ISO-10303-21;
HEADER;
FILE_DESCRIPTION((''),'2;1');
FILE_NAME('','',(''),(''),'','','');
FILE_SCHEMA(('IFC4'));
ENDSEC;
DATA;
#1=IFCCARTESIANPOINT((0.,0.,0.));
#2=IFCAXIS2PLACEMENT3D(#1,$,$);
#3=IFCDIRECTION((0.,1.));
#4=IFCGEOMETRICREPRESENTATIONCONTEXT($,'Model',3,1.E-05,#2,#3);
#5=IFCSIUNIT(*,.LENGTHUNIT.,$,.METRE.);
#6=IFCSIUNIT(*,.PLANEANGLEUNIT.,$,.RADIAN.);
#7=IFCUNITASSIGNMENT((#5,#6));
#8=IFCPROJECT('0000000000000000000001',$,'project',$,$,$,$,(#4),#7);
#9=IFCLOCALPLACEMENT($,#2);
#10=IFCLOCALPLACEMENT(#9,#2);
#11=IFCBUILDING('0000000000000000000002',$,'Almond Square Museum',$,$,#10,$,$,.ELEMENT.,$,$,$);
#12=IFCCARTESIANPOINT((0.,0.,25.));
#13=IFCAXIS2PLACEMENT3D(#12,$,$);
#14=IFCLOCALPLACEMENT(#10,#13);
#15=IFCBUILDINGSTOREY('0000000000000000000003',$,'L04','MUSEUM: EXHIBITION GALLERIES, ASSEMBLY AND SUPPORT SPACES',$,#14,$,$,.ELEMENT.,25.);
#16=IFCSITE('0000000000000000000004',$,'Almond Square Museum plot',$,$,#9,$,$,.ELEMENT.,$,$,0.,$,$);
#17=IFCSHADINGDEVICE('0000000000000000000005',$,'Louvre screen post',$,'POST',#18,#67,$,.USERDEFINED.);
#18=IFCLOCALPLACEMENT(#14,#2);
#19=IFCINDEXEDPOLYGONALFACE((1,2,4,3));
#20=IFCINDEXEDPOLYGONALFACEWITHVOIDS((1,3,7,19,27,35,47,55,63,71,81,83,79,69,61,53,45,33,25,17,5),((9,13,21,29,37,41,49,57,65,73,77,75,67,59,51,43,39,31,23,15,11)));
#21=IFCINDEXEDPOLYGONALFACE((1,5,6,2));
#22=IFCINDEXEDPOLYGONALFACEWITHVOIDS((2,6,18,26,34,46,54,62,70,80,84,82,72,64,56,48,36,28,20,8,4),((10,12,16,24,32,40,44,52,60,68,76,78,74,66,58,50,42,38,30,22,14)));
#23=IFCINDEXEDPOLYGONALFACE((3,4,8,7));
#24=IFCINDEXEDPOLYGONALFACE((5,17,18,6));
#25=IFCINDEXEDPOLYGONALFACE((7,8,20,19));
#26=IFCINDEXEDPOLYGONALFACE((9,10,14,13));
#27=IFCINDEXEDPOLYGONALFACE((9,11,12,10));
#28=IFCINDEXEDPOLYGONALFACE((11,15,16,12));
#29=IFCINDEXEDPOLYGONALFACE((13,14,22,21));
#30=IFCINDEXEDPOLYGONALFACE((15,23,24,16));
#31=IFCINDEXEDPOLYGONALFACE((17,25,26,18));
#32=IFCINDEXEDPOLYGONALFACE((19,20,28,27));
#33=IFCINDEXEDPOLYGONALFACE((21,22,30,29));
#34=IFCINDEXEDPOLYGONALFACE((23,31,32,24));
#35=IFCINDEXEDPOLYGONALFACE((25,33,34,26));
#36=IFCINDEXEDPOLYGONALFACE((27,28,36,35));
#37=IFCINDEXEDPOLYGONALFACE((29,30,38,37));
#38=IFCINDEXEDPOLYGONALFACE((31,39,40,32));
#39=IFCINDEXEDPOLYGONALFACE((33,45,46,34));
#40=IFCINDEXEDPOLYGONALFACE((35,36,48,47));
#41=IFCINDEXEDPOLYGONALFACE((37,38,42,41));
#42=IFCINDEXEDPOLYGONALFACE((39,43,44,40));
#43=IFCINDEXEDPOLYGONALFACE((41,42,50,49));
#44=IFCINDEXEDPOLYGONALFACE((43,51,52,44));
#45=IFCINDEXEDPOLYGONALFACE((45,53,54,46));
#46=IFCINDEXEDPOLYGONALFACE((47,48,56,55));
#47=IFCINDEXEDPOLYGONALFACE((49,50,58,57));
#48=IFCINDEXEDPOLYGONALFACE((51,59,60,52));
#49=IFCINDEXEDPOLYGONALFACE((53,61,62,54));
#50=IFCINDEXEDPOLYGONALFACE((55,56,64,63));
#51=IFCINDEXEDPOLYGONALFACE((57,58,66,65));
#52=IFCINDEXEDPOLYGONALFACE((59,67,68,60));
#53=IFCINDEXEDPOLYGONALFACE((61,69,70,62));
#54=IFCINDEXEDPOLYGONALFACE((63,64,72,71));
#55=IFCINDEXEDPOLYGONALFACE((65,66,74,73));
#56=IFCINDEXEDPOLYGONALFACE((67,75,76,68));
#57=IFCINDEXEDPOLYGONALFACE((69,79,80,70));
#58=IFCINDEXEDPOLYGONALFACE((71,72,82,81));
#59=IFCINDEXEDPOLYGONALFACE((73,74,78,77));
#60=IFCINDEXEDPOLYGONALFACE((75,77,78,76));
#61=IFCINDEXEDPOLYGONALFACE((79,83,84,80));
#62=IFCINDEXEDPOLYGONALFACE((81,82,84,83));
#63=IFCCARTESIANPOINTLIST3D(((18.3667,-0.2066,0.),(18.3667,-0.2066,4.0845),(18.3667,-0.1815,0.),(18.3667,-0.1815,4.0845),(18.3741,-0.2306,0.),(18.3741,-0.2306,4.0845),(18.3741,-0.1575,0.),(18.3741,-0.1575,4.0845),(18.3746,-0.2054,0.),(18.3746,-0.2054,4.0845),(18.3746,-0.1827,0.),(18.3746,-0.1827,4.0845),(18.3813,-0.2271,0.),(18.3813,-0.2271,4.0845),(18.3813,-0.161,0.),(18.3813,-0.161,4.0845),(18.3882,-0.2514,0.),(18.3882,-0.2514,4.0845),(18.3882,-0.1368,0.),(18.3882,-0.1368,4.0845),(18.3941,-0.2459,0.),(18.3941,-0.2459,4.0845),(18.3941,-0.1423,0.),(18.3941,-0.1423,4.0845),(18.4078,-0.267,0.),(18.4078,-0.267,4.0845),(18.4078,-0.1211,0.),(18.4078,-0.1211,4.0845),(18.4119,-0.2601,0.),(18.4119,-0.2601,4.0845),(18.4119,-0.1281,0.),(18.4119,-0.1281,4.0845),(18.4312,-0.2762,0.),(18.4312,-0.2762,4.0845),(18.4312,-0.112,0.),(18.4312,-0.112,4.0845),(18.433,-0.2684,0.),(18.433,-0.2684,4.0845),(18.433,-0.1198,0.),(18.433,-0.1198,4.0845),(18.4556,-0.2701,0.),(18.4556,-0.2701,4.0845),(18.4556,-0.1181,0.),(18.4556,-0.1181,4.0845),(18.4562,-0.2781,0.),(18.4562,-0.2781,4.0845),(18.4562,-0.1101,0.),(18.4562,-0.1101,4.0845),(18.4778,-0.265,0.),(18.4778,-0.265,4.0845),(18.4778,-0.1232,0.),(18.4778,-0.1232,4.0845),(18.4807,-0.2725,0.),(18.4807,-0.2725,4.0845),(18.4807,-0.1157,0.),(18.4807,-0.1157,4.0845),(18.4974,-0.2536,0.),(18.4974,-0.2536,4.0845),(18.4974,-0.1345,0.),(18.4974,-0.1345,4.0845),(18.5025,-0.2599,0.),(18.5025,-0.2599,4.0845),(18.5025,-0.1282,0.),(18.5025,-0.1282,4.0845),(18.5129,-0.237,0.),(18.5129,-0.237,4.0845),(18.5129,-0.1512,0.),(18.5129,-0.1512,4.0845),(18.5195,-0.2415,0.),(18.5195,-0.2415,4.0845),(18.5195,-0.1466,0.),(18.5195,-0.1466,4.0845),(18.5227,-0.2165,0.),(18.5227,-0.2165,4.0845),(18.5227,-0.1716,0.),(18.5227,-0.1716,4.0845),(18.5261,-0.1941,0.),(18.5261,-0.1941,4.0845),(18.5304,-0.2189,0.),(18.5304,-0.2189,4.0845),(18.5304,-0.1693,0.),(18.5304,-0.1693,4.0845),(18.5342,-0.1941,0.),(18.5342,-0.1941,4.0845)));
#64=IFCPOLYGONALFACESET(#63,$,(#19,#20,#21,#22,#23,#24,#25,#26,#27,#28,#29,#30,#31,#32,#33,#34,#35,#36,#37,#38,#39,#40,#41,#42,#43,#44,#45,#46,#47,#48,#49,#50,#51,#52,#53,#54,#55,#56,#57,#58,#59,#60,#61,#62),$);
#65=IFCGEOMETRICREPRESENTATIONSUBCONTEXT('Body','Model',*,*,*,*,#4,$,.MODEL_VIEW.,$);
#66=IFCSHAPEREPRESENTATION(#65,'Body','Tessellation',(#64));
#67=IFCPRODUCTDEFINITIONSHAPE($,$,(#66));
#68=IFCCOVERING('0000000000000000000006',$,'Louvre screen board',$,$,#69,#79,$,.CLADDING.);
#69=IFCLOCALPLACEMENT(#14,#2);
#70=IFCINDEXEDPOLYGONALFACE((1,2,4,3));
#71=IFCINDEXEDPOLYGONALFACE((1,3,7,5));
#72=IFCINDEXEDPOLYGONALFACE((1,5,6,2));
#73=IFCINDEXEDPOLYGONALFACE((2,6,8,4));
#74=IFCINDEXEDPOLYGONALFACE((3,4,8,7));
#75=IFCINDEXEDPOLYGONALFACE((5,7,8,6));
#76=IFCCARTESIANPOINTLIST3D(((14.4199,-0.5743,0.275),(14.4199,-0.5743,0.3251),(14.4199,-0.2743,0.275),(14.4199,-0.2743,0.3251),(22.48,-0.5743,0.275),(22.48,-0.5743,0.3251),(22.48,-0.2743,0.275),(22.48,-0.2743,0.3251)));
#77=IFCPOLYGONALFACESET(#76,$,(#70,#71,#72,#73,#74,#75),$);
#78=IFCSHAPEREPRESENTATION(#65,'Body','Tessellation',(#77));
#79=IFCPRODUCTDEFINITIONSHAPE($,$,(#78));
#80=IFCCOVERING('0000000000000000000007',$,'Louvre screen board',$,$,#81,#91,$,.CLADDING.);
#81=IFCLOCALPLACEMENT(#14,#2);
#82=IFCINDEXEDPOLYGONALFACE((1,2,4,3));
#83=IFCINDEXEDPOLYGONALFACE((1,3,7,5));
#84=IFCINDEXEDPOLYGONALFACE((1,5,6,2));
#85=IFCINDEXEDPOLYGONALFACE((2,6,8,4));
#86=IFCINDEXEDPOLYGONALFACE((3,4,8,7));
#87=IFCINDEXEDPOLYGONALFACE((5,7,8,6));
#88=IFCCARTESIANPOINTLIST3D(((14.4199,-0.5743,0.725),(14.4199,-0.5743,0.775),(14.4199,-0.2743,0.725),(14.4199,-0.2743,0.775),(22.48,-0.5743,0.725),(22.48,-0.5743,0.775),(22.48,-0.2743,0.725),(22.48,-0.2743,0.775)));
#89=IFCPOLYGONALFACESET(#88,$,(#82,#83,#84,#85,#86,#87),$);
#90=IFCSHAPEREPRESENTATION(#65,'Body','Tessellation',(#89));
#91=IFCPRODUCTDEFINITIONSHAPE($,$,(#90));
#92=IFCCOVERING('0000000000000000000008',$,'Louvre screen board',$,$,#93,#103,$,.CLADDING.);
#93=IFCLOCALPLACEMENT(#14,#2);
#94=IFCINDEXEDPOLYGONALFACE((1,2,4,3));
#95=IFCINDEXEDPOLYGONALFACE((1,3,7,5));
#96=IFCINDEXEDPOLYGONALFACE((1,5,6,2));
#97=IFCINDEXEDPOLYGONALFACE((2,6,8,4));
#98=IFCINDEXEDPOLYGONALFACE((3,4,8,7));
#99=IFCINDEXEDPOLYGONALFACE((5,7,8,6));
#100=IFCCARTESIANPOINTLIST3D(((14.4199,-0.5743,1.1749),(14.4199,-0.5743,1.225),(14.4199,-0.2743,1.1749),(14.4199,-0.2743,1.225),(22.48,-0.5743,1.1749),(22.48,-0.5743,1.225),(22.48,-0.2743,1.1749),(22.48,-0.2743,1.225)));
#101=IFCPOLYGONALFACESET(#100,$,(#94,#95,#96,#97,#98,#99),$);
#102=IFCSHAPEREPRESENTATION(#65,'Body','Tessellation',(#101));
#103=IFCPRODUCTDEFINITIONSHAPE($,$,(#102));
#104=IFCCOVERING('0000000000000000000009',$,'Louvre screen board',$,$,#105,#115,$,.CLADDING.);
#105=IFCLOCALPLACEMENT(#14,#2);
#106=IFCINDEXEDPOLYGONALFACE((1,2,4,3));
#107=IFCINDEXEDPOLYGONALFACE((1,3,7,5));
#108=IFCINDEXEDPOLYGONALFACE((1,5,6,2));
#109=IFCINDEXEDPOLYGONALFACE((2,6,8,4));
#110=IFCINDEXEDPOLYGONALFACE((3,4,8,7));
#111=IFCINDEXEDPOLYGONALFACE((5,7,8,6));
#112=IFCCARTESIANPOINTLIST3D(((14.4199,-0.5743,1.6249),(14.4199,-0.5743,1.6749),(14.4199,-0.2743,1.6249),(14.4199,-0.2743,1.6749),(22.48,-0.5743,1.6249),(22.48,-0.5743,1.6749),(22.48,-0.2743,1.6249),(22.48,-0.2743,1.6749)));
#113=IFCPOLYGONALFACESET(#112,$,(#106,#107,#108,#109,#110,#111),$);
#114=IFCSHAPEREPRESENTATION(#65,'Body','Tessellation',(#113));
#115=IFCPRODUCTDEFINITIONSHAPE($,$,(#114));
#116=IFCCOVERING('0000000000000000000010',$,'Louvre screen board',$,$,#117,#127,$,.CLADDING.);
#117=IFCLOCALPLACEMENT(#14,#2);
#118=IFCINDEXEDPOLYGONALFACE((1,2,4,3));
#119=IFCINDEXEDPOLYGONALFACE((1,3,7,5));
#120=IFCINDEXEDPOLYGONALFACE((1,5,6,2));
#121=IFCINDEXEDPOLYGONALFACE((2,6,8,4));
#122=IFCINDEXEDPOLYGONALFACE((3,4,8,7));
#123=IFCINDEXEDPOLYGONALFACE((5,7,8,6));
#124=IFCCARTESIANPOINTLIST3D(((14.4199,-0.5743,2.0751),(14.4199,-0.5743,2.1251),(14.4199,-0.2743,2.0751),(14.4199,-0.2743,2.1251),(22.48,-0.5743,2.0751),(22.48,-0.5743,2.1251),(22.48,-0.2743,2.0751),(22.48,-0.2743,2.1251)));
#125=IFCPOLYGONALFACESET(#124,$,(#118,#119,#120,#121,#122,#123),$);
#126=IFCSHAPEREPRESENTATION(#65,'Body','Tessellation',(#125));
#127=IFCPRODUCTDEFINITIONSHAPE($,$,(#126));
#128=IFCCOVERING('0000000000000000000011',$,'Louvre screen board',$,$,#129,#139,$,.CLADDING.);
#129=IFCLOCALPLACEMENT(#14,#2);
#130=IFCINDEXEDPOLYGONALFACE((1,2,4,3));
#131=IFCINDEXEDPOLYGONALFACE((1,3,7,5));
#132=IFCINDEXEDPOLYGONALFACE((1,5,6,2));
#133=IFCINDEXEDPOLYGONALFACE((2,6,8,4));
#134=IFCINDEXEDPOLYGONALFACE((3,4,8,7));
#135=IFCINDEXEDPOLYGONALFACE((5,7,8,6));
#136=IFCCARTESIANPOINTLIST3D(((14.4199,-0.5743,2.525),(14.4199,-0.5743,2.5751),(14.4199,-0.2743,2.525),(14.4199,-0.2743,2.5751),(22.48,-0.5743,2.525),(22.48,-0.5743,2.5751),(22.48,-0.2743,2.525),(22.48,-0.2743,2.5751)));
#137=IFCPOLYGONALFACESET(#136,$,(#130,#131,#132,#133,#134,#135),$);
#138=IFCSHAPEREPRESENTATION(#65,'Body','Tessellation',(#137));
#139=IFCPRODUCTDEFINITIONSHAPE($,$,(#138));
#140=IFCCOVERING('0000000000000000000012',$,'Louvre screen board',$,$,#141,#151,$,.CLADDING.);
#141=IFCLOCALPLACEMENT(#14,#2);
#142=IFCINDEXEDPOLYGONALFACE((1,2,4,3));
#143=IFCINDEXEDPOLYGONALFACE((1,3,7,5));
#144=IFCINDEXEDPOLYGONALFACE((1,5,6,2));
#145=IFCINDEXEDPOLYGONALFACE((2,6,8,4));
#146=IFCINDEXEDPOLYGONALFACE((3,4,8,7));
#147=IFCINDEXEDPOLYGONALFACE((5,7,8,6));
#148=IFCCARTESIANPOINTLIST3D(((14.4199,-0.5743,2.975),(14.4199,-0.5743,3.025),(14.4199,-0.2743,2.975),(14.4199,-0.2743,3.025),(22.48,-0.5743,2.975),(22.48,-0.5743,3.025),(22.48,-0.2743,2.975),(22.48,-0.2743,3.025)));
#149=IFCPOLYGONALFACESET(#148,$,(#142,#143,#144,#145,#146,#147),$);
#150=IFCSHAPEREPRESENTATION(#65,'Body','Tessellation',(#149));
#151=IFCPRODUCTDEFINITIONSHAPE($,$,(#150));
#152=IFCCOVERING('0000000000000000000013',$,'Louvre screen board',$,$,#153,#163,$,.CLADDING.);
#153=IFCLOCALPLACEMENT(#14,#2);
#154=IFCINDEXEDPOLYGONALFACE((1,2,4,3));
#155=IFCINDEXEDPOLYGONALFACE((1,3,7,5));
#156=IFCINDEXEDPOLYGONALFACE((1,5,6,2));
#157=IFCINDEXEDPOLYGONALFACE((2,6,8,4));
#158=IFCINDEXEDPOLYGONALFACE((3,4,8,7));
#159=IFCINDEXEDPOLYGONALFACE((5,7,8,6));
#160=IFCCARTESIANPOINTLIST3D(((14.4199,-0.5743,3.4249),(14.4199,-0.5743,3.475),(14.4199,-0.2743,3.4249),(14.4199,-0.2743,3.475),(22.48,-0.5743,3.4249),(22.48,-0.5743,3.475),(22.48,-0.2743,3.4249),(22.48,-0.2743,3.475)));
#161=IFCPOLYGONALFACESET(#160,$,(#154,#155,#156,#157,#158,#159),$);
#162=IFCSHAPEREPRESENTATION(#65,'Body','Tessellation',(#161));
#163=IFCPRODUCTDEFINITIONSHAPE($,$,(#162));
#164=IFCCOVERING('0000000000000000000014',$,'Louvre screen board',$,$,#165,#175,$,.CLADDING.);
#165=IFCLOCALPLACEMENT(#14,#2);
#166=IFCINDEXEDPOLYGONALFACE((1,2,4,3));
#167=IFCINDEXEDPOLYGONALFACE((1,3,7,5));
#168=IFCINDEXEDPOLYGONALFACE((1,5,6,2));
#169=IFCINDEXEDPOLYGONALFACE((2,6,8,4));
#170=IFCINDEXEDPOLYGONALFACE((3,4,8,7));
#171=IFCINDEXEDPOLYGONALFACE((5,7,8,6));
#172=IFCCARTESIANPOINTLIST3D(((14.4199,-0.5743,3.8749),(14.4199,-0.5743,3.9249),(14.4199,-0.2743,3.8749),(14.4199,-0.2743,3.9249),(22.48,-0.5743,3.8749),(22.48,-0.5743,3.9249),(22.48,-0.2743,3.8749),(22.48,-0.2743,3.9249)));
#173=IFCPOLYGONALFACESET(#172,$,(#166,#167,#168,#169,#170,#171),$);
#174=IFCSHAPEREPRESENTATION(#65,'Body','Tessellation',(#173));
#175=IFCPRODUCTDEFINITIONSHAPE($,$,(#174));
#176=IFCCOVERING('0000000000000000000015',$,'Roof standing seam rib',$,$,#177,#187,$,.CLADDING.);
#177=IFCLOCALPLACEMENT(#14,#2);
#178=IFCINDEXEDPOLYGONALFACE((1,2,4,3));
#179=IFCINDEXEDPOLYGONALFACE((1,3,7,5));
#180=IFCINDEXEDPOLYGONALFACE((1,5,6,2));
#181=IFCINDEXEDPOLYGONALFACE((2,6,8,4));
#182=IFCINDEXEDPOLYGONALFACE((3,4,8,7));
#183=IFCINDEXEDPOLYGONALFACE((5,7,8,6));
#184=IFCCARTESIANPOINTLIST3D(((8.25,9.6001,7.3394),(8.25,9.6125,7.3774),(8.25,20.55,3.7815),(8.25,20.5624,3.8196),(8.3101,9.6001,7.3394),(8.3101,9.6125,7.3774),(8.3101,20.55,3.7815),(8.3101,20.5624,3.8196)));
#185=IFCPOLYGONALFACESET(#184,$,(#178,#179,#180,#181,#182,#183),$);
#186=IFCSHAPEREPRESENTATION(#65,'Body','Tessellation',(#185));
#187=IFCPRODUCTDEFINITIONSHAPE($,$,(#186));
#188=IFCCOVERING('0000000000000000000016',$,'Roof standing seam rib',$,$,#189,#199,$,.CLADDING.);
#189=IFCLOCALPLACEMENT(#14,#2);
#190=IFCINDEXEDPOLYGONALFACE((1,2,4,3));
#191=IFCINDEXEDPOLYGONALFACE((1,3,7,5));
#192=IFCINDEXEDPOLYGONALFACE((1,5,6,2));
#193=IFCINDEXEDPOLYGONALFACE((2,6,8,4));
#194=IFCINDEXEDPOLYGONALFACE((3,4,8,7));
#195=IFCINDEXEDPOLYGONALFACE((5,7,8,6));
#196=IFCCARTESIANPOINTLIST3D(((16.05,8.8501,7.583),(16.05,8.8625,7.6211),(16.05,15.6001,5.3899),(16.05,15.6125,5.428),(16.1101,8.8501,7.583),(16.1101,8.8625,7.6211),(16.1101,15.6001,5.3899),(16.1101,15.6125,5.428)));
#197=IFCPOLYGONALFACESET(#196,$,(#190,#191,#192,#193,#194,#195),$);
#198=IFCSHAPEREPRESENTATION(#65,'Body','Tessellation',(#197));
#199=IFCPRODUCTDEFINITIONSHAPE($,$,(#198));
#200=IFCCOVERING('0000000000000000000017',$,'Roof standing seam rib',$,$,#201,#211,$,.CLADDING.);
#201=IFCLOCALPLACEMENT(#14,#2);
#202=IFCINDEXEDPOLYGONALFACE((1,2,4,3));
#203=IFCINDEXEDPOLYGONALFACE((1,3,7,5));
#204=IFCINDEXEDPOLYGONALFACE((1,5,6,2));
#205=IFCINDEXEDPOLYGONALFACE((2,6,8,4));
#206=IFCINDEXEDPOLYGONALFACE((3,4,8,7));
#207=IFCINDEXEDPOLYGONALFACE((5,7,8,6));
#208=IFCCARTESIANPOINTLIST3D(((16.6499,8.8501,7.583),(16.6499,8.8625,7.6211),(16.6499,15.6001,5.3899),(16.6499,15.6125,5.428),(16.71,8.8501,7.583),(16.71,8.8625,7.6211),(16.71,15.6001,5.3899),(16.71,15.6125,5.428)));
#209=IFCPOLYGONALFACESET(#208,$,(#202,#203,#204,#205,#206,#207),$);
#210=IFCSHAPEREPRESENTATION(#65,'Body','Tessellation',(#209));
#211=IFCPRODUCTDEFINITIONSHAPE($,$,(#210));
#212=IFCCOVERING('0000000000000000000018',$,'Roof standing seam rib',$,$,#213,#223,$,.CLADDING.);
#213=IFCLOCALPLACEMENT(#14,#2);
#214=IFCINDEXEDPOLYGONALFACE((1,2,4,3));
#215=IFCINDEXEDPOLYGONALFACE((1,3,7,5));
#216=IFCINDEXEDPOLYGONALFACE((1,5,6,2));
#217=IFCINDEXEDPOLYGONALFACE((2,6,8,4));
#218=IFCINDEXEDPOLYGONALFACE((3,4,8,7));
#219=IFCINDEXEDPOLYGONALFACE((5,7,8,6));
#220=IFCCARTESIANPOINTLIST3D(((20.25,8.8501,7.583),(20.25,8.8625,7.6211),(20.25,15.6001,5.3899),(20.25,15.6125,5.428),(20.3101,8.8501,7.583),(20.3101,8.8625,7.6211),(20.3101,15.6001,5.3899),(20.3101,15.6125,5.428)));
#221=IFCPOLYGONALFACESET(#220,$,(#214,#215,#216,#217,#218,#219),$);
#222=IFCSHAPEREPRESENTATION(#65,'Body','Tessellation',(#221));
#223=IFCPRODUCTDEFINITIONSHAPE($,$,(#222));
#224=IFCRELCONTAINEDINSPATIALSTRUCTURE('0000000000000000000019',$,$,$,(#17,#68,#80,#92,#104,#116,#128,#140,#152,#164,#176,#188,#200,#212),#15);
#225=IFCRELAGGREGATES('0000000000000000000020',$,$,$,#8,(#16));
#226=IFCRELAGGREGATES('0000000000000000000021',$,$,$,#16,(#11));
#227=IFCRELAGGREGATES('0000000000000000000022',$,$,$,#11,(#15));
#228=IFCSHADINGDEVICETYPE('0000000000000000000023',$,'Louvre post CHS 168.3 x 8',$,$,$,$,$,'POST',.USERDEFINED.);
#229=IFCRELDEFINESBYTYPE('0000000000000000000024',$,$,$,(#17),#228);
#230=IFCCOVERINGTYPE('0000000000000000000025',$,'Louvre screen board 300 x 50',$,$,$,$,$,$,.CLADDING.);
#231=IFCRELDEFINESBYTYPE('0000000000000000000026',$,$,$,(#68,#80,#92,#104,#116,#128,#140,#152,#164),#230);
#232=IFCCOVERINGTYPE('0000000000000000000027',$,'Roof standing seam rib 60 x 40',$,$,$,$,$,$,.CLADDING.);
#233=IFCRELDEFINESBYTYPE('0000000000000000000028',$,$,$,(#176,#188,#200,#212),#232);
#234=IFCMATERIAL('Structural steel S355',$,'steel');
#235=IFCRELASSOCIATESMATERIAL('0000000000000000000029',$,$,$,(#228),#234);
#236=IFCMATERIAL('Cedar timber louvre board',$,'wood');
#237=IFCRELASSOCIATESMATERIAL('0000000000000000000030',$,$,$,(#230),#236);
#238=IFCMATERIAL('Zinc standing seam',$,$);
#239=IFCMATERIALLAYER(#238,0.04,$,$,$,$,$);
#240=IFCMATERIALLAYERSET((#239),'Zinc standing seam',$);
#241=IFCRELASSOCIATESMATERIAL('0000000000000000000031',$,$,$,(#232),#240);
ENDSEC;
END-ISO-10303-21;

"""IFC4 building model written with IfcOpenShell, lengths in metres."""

from ifc_helpers import new_model, si_unit, direction, frame, origin, origin_2d, place, context, subcontext, project, spatial, polyline, rectangle, hollow_circle, outline, extrude, material, layer, layer_set, material_profile, profile_set, type_object, element, save


model = new_model("IFC4")

# Units and contexts
model_context = context("Model", 3, precision=1e-05, world=origin(), true_north=direction((0.0, 1.0)))
body_context = subcontext(model_context, "Body", "Model", "MODEL_VIEW")
ifc_project = project(units=[si_unit("LENGTHUNIT", "METRE"), si_unit("PLANEANGLEUNIT", "RADIAN")], contexts=[model_context])

# Site, building, storey
site_placement = place(None, origin())
site = spatial("IfcSite", under=ifc_project, at=site_placement, Name="Almond Square Museum plot", CompositionType="ELEMENT", RefElevation=0.0)
building_placement = place(site_placement, origin())
building = spatial("IfcBuilding", under=site, at=building_placement, Name="Almond Square Museum", CompositionType="ELEMENT")
storey_placement = place(building_placement, frame((0.0, 0.0, 25.0)))
storey = spatial("IfcBuildingStorey", under=building, at=storey_placement, Name="L04", Description="MUSEUM: EXHIBITION GALLERIES, ASSEMBLY AND SUPPORT SPACES", CompositionType="ELEMENT", Elevation=25.0)

# Shading device
ifc_material_1 = material(Name="Structural steel S355", Category="steel")
ifc_material_profile_1 = material_profile(ifc_material_1, hollow_circle(Radius=0.0842, WallThickness=0.0081, at=origin_2d()))
ifc_profile_set_1 = profile_set([ifc_material_profile_1], Name="Structural steel S355")
shading_device_type = type_object("IfcShadingDeviceType", Name="Louvre post CHS 168.3 x 8", ElementType="POST", PredefinedType="USERDEFINED", material=ifc_profile_set_1)
for number, where, z_axis, x_axis, name in (
    (1, (18.45, -0.1941, 0.0), (0.0, 0.0, 1.0), (1.0, 0.0, 0.0), "Louvre screen post"),
):
    element("IfcShadingDevice", number, at=place(storey_placement, frame(where, z_axis=z_axis, x_axis=x_axis)), inside=storey, type_object=shading_device_type, Name=name, ObjectType="POST", PredefinedType="USERDEFINED", context=body_context, shape_type="SweptSolid", body=[
        extrude(hollow_circle(Radius=0.0842, WallThickness=0.0081, at=origin_2d()), origin(), (0.0, 0.0, 1.0), 4.0845),
    ])

# Coverings
ifc_material_2 = material(Name="Cedar timber louvre board", Category="wood")
ifc_material_profile_2 = material_profile(ifc_material_2, rectangle(XDim=0.3, YDim=0.05, at=origin_2d()))
ifc_profile_set_2 = profile_set([ifc_material_profile_2], Name="Cedar timber louvre board")
covering_type_1 = type_object("IfcCoveringType", Name="Louvre screen board 300 x 50", PredefinedType="CLADDING", material=ifc_profile_set_2)
for number, where, z_axis, x_axis, name in (
    (2, (14.4199, -0.4243, 0.3), (1.0, 0.0, 0.0), (0.0, 1.0, 0.0), "Louvre screen board"),
    (3, (14.4199, -0.4243, 0.75), (1.0, 0.0, 0.0), (0.0, 1.0, 0.0), "Louvre screen board"),
    (4, (14.4199, -0.4243, 1.2), (1.0, 0.0, 0.0), (0.0, 1.0, 0.0), "Louvre screen board"),
    (5, (14.4199, -0.4243, 1.6499), (1.0, 0.0, 0.0), (0.0, 1.0, 0.0), "Louvre screen board"),
    (6, (14.4199, -0.4243, 2.1001), (1.0, 0.0, 0.0), (0.0, 1.0, 0.0), "Louvre screen board"),
    (7, (14.4199, -0.4243, 2.55), (1.0, 0.0, 0.0), (0.0, 1.0, 0.0), "Louvre screen board"),
    (8, (14.4199, -0.4243, 3.0), (1.0, 0.0, 0.0), (0.0, 1.0, 0.0), "Louvre screen board"),
    (9, (14.4199, -0.4243, 3.45), (1.0, 0.0, 0.0), (0.0, 1.0, 0.0), "Louvre screen board"),
    (10, (14.4199, -0.4243, 3.8999), (1.0, 0.0, 0.0), (0.0, 1.0, 0.0), "Louvre screen board"),
):
    element("IfcCovering", number, at=place(storey_placement, frame(where, z_axis=z_axis, x_axis=x_axis)), inside=storey, type_object=covering_type_1, Name=name, PredefinedType="CLADDING", context=body_context, shape_type="SweptSolid", body=[
        extrude(rectangle(XDim=0.3, YDim=0.05, at=origin_2d()), origin(), (0.0, 0.0, 1.0), 8.0601),
    ])
ifc_material_3 = material(Name="Zinc standing seam")
ifc_layer_1 = layer(ifc_material_3, 0.04)
ifc_layer_set_1 = layer_set([ifc_layer_1], Name="Zinc standing seam")
covering_type_2 = type_object("IfcCoveringType", Name="Roof standing seam rib 60 x 40", PredefinedType="CLADDING", material=ifc_layer_set_1)
covering_placement = place(storey_placement, frame((8.3101, 9.6001, 7.3394), z_axis=(0.0, 0.309018, 0.951056), x_axis=(0.0, 0.951056, -0.309018)))
element("IfcCovering", 11, at=covering_placement, inside=storey, type_object=covering_type_2, Name="Roof standing seam rib", PredefinedType="CLADDING", context=body_context, shape_type="SweptSolid", body=[
    extrude(outline(polyline([(0.0, 0.0), (11.5135, 0.0), (11.5135, 0.0601), (0.0, 0.0601), (0.0, 0.0)])), origin(), (0.0, 0.0, 1.0), 0.04),
])
for number, where, z_axis, x_axis, name in (
    (12, (16.05, 8.8501, 7.583), (0.0, 0.309005, 0.95106), (1.0, 0.0, 0.0), "Roof standing seam rib"),
    (13, (16.6499, 8.8501, 7.583), (0.0, 0.309005, 0.95106), (1.0, 0.0, 0.0), "Roof standing seam rib"),
    (14, (20.25, 8.8501, 7.583), (0.0, 0.309005, 0.95106), (1.0, 0.0, 0.0), "Roof standing seam rib"),
):
    element("IfcCovering", number, at=place(storey_placement, frame(where, z_axis=z_axis, x_axis=x_axis)), inside=storey, type_object=covering_type_2, Name=name, PredefinedType="CLADDING", context=body_context, shape_type="SweptSolid", body=[
        extrude(outline(polyline([(0.0, 0.0), (0.0601, 0.0), (0.0601, 7.0973), (0.0, 7.0973), (0.0, 0.0)])), origin(), (0.0, 0.0, 1.0), 0.04),
    ])

save(model, "model.ifc")
